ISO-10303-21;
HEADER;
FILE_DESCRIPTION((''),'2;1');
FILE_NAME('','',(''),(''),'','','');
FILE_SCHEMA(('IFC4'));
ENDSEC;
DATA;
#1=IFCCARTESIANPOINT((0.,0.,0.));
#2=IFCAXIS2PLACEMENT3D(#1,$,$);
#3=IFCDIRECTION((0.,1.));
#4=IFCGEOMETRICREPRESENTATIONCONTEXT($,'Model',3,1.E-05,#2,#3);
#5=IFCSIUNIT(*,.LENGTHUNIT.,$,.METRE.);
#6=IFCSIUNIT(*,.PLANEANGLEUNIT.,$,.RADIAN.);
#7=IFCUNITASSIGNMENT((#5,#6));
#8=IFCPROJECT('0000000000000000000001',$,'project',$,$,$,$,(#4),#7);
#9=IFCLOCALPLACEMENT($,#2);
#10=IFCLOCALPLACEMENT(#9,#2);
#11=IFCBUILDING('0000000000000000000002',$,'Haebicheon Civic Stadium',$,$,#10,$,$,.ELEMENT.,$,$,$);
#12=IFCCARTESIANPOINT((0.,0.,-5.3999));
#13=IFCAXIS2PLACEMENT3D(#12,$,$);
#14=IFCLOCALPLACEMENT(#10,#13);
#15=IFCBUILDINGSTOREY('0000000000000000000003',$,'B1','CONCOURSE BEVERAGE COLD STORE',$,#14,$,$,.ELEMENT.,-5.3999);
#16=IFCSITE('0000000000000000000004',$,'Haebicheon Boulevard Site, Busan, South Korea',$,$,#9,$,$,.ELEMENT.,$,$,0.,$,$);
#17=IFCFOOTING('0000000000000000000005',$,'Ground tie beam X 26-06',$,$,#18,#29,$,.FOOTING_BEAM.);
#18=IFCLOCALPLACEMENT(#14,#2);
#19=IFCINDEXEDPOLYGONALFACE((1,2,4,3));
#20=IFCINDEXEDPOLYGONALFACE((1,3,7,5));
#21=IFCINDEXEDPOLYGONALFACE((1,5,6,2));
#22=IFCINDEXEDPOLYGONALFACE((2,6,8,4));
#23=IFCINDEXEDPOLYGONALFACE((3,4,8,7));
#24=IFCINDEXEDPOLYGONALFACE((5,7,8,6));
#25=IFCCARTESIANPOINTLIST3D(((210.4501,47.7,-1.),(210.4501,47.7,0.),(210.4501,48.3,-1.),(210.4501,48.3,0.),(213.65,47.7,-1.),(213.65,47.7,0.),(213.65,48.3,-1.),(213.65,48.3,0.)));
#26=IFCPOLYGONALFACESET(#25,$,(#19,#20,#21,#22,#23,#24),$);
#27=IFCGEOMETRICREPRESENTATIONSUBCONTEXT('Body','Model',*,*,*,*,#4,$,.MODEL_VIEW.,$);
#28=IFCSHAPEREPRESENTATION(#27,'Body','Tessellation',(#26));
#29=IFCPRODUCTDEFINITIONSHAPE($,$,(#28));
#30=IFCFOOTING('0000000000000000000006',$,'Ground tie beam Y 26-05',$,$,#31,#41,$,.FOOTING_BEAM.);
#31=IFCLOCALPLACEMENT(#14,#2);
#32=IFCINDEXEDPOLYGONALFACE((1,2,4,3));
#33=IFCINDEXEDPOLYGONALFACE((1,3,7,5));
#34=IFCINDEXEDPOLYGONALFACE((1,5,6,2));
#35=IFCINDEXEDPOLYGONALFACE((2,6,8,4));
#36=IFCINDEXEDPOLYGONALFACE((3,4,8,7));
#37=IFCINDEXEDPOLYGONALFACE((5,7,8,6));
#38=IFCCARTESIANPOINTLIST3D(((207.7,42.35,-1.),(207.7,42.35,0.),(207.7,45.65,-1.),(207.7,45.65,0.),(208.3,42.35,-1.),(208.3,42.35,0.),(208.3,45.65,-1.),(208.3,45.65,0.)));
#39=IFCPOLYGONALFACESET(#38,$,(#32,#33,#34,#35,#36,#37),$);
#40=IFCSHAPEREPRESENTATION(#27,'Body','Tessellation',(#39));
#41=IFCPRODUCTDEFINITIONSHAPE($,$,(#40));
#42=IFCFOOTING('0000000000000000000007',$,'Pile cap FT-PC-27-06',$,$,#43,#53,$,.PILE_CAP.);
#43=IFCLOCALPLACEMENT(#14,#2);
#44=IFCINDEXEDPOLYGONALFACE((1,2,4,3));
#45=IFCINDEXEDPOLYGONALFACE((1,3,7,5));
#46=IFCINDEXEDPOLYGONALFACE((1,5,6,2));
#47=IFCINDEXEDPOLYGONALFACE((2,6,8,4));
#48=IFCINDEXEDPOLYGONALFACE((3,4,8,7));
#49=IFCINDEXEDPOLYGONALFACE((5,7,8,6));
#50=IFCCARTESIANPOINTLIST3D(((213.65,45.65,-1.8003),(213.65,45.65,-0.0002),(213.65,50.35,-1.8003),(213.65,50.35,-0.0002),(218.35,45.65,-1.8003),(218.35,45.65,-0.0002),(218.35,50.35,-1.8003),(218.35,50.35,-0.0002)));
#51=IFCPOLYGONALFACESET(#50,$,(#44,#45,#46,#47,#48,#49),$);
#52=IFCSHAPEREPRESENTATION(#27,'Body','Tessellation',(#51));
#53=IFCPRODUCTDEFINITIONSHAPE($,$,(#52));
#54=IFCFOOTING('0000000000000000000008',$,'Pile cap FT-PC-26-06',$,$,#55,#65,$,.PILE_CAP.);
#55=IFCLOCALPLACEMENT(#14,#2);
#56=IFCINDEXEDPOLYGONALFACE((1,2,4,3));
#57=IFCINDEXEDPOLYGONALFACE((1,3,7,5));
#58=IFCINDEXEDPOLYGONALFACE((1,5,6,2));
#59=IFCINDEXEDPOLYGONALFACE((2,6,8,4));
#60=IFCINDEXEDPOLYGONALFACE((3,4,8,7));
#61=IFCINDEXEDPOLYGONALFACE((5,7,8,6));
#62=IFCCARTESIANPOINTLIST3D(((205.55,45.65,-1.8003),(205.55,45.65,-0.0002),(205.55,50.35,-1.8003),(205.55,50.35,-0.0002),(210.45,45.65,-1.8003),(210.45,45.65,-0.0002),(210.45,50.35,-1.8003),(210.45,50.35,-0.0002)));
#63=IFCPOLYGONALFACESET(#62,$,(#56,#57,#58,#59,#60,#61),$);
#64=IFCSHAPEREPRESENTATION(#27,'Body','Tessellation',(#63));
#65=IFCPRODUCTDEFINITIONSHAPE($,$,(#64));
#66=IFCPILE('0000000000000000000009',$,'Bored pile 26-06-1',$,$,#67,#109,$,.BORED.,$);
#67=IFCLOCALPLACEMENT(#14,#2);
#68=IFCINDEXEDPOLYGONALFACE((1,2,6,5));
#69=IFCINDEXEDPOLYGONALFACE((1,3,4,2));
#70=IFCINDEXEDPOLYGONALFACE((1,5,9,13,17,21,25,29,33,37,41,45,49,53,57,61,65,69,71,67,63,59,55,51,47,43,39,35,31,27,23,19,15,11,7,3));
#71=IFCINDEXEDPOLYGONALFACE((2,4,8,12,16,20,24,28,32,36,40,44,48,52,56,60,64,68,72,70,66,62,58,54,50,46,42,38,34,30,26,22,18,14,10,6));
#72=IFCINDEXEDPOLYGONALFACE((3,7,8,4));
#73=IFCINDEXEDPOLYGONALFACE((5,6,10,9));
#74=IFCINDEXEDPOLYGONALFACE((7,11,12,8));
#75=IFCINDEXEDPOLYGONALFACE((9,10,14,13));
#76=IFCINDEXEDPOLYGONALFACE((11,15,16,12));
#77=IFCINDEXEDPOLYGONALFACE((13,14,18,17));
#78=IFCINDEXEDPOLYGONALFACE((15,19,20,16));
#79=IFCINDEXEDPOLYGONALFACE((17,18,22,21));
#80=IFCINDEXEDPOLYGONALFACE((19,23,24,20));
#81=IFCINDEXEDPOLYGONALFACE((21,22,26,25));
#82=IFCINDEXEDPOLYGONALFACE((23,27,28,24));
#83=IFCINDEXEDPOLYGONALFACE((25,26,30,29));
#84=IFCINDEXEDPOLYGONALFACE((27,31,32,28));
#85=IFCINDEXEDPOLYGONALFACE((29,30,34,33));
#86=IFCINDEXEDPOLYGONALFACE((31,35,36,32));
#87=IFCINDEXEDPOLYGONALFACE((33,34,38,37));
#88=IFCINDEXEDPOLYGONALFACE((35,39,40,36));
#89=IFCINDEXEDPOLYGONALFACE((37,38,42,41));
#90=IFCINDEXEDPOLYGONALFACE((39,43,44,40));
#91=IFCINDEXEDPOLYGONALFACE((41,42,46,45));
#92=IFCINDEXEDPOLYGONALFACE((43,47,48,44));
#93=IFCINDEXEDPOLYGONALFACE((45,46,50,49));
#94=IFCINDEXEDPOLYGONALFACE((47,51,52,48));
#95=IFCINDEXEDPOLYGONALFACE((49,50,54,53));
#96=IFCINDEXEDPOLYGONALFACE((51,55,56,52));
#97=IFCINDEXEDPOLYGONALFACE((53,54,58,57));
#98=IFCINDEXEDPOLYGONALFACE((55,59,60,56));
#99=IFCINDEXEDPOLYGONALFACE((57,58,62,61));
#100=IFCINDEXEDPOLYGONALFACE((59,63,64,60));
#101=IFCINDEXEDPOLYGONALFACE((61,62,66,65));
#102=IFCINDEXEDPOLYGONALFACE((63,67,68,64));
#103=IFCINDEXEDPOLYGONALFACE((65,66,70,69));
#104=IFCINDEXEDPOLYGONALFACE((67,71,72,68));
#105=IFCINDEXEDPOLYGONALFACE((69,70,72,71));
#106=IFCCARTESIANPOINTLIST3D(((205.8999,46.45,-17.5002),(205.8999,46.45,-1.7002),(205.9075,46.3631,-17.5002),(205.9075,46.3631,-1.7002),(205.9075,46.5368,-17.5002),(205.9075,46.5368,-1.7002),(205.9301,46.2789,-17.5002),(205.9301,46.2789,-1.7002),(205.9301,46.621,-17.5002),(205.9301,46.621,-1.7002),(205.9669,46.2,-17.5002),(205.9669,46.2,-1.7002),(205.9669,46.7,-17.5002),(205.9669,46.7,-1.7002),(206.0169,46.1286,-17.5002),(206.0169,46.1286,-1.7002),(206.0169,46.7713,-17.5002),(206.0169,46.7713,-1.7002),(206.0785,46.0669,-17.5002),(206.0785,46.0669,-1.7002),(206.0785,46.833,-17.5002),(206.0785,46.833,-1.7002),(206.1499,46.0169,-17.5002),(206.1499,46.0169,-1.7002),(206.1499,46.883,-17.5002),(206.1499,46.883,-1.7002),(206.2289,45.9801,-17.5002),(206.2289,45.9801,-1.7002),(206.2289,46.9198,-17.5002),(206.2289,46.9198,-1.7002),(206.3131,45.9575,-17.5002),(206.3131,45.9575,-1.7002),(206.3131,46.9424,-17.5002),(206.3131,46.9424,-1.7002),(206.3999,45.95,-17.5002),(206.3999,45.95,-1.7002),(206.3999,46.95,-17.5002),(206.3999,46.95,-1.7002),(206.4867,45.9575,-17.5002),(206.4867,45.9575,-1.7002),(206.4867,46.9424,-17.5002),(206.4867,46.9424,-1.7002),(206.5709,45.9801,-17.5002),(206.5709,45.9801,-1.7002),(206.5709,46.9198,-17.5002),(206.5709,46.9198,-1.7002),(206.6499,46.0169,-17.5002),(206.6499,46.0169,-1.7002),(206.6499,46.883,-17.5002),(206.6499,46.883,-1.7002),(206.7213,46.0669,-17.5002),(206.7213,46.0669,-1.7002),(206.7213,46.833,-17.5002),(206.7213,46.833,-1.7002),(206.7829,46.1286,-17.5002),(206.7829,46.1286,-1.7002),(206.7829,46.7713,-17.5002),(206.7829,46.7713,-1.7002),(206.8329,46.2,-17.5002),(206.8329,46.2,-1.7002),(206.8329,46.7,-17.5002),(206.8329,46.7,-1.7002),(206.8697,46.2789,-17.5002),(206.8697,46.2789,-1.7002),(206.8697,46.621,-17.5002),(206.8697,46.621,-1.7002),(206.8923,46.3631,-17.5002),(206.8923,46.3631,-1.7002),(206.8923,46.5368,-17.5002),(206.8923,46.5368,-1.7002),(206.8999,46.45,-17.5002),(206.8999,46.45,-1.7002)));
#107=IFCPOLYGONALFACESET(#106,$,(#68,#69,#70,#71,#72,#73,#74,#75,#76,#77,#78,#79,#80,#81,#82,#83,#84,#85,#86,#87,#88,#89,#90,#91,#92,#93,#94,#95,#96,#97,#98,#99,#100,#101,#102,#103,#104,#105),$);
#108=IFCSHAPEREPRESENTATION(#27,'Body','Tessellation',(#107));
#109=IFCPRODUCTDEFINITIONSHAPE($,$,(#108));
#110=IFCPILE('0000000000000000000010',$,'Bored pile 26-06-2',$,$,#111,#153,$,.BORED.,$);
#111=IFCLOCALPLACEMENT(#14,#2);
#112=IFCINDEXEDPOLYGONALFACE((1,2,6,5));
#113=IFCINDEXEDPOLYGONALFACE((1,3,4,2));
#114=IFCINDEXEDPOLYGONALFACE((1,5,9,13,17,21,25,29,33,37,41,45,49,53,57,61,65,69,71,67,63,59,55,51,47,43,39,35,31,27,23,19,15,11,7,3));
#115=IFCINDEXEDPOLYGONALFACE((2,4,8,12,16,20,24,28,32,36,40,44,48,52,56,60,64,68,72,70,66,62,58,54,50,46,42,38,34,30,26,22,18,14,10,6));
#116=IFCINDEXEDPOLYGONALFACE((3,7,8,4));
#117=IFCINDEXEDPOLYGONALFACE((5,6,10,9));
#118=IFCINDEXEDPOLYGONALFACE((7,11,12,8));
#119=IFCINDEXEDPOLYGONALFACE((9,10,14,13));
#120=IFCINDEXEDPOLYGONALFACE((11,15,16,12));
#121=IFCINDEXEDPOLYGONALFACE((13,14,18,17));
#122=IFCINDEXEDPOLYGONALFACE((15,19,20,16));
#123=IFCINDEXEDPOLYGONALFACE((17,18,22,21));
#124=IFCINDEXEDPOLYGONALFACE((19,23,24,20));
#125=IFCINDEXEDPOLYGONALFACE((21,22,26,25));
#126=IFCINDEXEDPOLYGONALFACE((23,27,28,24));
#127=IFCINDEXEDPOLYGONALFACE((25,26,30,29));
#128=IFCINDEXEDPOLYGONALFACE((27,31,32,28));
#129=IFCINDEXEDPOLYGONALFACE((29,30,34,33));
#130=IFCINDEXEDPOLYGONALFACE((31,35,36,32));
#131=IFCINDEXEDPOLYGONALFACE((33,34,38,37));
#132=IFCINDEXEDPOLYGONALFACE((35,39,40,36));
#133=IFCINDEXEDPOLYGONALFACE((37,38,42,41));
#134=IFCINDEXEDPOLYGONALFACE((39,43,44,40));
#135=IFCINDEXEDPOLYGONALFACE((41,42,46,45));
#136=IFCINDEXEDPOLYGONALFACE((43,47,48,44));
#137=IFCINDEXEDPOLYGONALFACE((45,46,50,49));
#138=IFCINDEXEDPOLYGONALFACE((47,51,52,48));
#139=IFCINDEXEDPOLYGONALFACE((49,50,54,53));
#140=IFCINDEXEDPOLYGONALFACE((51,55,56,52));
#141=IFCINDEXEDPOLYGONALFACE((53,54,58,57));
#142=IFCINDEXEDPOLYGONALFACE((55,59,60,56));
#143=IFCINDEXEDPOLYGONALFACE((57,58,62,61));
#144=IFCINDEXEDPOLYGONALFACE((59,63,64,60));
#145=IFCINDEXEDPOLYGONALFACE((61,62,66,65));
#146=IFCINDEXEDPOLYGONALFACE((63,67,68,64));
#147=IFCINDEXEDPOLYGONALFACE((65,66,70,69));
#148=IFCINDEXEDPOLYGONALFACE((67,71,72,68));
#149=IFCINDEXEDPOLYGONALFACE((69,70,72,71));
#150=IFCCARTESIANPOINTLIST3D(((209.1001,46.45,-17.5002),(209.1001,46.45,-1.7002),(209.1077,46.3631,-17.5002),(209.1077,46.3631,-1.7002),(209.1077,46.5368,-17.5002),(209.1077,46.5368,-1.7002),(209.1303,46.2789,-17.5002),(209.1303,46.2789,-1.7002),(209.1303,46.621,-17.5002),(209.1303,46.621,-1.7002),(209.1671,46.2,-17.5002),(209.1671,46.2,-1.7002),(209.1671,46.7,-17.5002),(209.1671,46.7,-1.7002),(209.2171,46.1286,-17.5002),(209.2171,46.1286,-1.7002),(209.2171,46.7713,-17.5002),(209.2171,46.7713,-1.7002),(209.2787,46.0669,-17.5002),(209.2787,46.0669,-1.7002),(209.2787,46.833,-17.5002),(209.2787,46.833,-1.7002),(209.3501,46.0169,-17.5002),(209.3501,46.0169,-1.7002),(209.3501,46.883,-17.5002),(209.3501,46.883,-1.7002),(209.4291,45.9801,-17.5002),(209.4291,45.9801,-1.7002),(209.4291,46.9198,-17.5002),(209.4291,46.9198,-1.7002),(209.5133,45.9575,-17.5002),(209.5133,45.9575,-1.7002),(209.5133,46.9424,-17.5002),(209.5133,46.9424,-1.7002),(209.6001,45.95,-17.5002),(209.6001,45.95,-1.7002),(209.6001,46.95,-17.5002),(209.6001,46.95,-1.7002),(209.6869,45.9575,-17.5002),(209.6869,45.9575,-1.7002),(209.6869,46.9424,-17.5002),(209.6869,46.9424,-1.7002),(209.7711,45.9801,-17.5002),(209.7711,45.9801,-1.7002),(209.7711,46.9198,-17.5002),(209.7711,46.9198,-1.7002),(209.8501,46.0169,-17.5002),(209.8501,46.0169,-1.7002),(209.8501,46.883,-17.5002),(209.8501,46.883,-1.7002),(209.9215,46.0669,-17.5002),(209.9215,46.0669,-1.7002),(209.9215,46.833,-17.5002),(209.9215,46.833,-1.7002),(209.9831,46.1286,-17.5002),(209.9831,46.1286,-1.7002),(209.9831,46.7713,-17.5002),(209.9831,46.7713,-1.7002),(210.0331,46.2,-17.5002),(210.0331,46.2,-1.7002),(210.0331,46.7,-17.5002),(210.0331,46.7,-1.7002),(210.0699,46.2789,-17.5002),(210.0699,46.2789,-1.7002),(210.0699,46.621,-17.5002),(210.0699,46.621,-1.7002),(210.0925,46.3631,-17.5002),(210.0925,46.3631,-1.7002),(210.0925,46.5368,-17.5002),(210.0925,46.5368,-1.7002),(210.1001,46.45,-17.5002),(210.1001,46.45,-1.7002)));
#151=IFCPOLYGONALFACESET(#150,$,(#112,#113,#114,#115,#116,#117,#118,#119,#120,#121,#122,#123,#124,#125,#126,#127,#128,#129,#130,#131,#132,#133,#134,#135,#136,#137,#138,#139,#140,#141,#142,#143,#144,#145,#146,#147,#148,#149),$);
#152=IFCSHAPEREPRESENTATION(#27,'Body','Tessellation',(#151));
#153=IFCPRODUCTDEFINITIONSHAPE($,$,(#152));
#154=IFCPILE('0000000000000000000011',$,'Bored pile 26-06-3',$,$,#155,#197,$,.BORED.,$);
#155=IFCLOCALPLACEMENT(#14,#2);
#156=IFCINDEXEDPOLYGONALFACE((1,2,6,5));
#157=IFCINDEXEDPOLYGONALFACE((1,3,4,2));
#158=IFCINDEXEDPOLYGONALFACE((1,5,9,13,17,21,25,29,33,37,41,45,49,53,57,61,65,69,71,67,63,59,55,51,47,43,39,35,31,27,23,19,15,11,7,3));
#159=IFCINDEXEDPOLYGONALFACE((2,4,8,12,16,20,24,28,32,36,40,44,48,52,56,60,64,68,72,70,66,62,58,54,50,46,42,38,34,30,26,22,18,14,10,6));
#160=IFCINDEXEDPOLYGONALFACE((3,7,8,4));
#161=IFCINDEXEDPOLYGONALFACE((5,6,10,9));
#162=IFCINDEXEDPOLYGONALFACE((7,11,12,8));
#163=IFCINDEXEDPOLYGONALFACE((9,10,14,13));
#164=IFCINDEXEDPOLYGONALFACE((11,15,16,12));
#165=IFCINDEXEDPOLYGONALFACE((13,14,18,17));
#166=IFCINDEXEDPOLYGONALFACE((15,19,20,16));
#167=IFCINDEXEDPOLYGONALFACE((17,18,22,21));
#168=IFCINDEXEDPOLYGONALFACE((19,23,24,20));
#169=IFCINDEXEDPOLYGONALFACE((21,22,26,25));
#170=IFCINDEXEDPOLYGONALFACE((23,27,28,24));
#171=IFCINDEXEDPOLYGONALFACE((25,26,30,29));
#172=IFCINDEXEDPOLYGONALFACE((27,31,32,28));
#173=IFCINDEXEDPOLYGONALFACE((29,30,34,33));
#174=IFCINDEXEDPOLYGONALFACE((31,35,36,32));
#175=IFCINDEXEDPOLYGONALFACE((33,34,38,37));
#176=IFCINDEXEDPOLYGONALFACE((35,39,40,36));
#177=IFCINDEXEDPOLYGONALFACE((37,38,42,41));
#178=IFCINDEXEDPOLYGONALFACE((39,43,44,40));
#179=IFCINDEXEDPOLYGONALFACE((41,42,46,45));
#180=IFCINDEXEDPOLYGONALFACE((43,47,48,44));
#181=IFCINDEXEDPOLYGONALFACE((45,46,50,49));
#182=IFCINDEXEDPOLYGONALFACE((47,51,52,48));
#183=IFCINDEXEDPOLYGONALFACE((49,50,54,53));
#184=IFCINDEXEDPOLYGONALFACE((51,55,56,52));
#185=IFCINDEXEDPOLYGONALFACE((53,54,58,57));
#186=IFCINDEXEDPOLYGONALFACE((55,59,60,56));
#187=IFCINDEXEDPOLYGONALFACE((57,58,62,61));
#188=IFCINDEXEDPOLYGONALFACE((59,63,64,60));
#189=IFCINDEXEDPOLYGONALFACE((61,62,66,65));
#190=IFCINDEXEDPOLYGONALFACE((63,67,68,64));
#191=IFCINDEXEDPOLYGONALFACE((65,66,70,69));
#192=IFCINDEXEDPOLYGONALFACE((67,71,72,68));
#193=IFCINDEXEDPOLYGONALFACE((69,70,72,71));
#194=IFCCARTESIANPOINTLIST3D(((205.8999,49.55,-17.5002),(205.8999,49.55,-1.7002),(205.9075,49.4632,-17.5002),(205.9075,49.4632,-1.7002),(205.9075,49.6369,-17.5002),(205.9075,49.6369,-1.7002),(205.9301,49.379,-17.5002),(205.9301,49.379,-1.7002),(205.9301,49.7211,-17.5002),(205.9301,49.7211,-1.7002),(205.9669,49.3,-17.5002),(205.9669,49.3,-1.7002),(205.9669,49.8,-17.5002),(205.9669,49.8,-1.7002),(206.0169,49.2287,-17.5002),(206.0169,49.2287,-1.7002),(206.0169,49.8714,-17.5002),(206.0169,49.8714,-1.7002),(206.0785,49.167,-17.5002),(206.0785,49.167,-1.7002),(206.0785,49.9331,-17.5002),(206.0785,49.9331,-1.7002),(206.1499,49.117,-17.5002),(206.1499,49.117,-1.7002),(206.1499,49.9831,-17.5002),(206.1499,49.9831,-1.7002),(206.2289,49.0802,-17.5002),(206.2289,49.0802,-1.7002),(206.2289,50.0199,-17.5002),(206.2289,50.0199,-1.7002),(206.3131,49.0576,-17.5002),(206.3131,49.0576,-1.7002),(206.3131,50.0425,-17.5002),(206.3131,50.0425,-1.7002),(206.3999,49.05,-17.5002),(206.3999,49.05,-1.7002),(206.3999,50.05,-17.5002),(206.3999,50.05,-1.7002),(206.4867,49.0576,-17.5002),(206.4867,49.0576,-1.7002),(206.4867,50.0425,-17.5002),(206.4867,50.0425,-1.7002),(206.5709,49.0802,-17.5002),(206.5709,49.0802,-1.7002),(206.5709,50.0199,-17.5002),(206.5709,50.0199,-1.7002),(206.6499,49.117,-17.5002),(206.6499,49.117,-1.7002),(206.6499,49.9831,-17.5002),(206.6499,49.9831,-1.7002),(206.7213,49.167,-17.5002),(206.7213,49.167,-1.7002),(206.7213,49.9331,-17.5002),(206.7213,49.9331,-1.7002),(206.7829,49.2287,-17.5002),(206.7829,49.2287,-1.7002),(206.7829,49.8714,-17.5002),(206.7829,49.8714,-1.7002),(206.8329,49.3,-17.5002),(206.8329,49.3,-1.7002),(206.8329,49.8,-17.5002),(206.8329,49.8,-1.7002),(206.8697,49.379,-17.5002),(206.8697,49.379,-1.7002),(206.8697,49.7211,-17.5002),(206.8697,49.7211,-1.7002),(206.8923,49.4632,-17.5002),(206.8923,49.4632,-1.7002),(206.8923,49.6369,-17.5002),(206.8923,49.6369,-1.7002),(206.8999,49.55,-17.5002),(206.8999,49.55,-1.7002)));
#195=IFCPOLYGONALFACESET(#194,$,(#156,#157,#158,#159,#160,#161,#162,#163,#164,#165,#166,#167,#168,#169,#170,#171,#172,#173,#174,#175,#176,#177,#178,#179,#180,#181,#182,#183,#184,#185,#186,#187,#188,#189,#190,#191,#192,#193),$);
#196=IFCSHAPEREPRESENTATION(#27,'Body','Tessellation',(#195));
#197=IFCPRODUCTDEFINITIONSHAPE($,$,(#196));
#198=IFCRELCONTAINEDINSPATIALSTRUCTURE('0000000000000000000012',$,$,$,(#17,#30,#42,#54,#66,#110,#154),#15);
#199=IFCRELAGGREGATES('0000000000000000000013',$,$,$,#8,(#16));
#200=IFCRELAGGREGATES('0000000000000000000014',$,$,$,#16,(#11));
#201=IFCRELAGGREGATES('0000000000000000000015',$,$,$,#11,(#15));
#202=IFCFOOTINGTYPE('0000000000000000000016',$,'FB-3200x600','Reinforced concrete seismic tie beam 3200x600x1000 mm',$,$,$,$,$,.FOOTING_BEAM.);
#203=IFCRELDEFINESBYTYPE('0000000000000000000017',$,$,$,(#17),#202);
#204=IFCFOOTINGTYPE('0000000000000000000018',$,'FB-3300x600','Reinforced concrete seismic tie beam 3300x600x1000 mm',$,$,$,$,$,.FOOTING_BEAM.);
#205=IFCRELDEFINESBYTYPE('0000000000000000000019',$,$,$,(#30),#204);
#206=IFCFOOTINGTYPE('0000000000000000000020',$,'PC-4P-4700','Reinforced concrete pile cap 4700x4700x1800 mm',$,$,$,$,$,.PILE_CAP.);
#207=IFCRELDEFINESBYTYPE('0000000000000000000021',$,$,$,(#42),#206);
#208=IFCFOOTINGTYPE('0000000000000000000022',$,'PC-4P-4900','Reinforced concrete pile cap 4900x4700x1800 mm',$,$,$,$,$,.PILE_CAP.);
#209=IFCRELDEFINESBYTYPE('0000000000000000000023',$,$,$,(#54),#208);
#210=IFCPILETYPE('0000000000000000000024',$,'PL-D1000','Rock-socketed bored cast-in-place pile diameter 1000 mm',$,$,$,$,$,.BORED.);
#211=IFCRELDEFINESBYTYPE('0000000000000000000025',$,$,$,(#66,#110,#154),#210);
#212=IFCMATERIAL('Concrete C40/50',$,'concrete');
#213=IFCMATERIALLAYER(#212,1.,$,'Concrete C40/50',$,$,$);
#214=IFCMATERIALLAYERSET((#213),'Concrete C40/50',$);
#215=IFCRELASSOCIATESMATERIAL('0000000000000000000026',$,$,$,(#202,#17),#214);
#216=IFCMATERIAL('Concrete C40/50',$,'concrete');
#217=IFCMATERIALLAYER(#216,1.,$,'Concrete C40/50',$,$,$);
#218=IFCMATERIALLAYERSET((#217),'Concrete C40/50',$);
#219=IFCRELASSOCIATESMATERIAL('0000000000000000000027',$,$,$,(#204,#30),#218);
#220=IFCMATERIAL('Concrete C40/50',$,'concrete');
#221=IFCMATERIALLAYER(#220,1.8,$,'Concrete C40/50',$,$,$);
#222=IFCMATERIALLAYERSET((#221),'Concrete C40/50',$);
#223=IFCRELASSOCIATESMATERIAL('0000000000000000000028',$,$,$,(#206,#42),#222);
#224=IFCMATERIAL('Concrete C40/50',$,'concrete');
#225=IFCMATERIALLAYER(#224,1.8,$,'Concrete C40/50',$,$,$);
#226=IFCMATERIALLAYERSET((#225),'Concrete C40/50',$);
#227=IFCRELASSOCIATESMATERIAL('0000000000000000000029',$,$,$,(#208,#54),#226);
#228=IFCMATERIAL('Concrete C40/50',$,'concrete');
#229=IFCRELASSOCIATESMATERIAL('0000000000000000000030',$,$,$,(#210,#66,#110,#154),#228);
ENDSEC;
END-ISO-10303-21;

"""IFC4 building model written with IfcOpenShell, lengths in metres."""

from ifc_helpers import new_model, si_unit, direction, frame, origin, origin_2d, place, context, subcontext, project, spatial, rectangle, circle, extrude, material, layer, layer_set, material_profile, profile_set, type_object, element, save


model = new_model("IFC4")

# Units and contexts
model_context = context("Model", 3, precision=1e-05, world=origin(), true_north=direction((0.0, 1.0)))
body_context = subcontext(model_context, "Body", "Model", "MODEL_VIEW")
ifc_project = project(units=[si_unit("LENGTHUNIT", "METRE"), si_unit("PLANEANGLEUNIT", "RADIAN")], contexts=[model_context])

# Site, building, storey
site_placement = place(None, origin())
site = spatial("IfcSite", under=ifc_project, at=site_placement, Name="Haebicheon Boulevard Site, Busan, South Korea", CompositionType="ELEMENT", RefElevation=0.0)
building_placement = place(site_placement, origin())
building = spatial("IfcBuilding", under=site, at=building_placement, Name="Haebicheon Civic Stadium", CompositionType="ELEMENT")
storey_placement = place(building_placement, frame((0.0, 0.0, -5.3999)))
storey = spatial("IfcBuildingStorey", under=building, at=storey_placement, Name="B1", Description="CONCOURSE BEVERAGE COLD STORE", CompositionType="ELEMENT", Elevation=-5.3999)

# Footings
ifc_material_1 = material(Name="Concrete C40/50", Category="concrete")
ifc_layer_1 = layer(ifc_material_1, 1.0, Name="Concrete C40/50")
ifc_layer_set_1 = layer_set([ifc_layer_1], Name="Concrete C40/50")
footing_type_1 = type_object("IfcFootingType", Name="FB-3200x600", Description="Reinforced concrete seismic tie beam 3200x600x1000 mm", PredefinedType="FOOTING_BEAM", material=ifc_layer_set_1)
footing_1_placement = place(storey_placement, frame((212.05, 48.0, -1.0), z_axis=(0.0, 0.0, 1.0), x_axis=(1.0, 0.0, 0.0)))
element("IfcFooting", 1, at=footing_1_placement, inside=storey, type_object=footing_type_1, material=ifc_layer_set_1, Name="Ground tie beam X 26-06", PredefinedType="FOOTING_BEAM", context=body_context, shape_type="SweptSolid", body=[
    extrude(rectangle(XDim=3.2, YDim=0.6001, at=origin_2d()), origin(), (0.0, 0.0, 1.0), 1.0),
])
ifc_material_2 = material(Name="Concrete C40/50", Category="concrete")
ifc_layer_2 = layer(ifc_material_2, 1.0, Name="Concrete C40/50")
ifc_layer_set_2 = layer_set([ifc_layer_2], Name="Concrete C40/50")
footing_type_2 = type_object("IfcFootingType", Name="FB-3300x600", Description="Reinforced concrete seismic tie beam 3300x600x1000 mm", PredefinedType="FOOTING_BEAM", material=ifc_layer_set_2)
footing_2_placement = place(storey_placement, frame((208.0, 44.0, -1.0), z_axis=(0.0, 0.0, 1.0), x_axis=(0.0, 1.0, 0.0)))
element("IfcFooting", 2, at=footing_2_placement, inside=storey, type_object=footing_type_2, material=ifc_layer_set_2, Name="Ground tie beam Y 26-05", PredefinedType="FOOTING_BEAM", context=body_context, shape_type="SweptSolid", body=[
    extrude(rectangle(XDim=3.3, YDim=0.6001, at=origin_2d()), origin(), (0.0, 0.0, 1.0), 1.0),
])
ifc_material_3 = material(Name="Concrete C40/50", Category="concrete")
ifc_layer_3 = layer(ifc_material_3, 1.8, Name="Concrete C40/50")
ifc_layer_set_3 = layer_set([ifc_layer_3], Name="Concrete C40/50")
footing_type_3 = type_object("IfcFootingType", Name="PC-4P-4700", Description="Reinforced concrete pile cap 4700x4700x1800 mm", PredefinedType="PILE_CAP", material=ifc_layer_set_3)
footing_3_placement = place(storey_placement, frame((216.0, 48.0, -1.8003), z_axis=(0.0, 0.0, 1.0), x_axis=(1.0, 0.0, 0.0)))
element("IfcFooting", 3, at=footing_3_placement, inside=storey, type_object=footing_type_3, material=ifc_layer_set_3, Name="Pile cap FT-PC-27-06", PredefinedType="PILE_CAP", context=body_context, shape_type="SweptSolid", body=[
    extrude(rectangle(XDim=4.7, YDim=4.7, at=origin_2d()), origin(), (0.0, 0.0, 1.0), 1.8),
])
ifc_material_4 = material(Name="Concrete C40/50", Category="concrete")
ifc_layer_4 = layer(ifc_material_4, 1.8, Name="Concrete C40/50")
ifc_layer_set_4 = layer_set([ifc_layer_4], Name="Concrete C40/50")
footing_type_4 = type_object("IfcFootingType", Name="PC-4P-4900", Description="Reinforced concrete pile cap 4900x4700x1800 mm", PredefinedType="PILE_CAP", material=ifc_layer_set_4)
footing_4_placement = place(storey_placement, frame((208.0, 48.0, -1.8003), z_axis=(0.0, 0.0, 1.0), x_axis=(1.0, 0.0, 0.0)))
element("IfcFooting", 4, at=footing_4_placement, inside=storey, type_object=footing_type_4, material=ifc_layer_set_4, Name="Pile cap FT-PC-26-06", PredefinedType="PILE_CAP", context=body_context, shape_type="SweptSolid", body=[
    extrude(rectangle(XDim=4.8999, YDim=4.7, at=origin_2d()), origin(), (0.0, 0.0, 1.0), 1.8),
])

# Piles
ifc_material_5 = material(Name="Concrete C40/50", Category="concrete")
ifc_material_profile_1 = material_profile(ifc_material_5, circle(Radius=0.5, at=origin_2d()), Name="PILE-D1000")
ifc_profile_set_1 = profile_set([ifc_material_profile_1], Name="Concrete C40/50")
pile_type = type_object("IfcPileType", Name="PL-D1000", Description="Rock-socketed bored cast-in-place pile diameter 1000 mm", PredefinedType="BORED", material=ifc_profile_set_1)
for number, where, z_axis, x_axis, name in (
    (5, (206.3999, 46.45, -1.7002), (0.0, 0.0, -1.0), (1.0, 0.0, 0.0), "Bored pile 26-06-1"),
    (6, (209.6001, 46.45, -1.7002), (0.0, 0.0, -1.0), (1.0, 0.0, 0.0), "Bored pile 26-06-2"),
    (7, (206.3999, 49.55, -1.7002), (0.0, 0.0, -1.0), (1.0, 0.0, 0.0), "Bored pile 26-06-3"),
):
    element("IfcPile", number, at=place(storey_placement, frame(where, z_axis=z_axis, x_axis=x_axis)), inside=storey, type_object=pile_type, material=ifc_profile_set_1, Name=name, PredefinedType="BORED", context=body_context, shape_type="SweptSolid", body=[
        extrude(circle(Radius=0.5, at=origin_2d()), origin(), (0.0, 0.0, 1.0), 15.8),
    ])

save(model, "model.ifc")
